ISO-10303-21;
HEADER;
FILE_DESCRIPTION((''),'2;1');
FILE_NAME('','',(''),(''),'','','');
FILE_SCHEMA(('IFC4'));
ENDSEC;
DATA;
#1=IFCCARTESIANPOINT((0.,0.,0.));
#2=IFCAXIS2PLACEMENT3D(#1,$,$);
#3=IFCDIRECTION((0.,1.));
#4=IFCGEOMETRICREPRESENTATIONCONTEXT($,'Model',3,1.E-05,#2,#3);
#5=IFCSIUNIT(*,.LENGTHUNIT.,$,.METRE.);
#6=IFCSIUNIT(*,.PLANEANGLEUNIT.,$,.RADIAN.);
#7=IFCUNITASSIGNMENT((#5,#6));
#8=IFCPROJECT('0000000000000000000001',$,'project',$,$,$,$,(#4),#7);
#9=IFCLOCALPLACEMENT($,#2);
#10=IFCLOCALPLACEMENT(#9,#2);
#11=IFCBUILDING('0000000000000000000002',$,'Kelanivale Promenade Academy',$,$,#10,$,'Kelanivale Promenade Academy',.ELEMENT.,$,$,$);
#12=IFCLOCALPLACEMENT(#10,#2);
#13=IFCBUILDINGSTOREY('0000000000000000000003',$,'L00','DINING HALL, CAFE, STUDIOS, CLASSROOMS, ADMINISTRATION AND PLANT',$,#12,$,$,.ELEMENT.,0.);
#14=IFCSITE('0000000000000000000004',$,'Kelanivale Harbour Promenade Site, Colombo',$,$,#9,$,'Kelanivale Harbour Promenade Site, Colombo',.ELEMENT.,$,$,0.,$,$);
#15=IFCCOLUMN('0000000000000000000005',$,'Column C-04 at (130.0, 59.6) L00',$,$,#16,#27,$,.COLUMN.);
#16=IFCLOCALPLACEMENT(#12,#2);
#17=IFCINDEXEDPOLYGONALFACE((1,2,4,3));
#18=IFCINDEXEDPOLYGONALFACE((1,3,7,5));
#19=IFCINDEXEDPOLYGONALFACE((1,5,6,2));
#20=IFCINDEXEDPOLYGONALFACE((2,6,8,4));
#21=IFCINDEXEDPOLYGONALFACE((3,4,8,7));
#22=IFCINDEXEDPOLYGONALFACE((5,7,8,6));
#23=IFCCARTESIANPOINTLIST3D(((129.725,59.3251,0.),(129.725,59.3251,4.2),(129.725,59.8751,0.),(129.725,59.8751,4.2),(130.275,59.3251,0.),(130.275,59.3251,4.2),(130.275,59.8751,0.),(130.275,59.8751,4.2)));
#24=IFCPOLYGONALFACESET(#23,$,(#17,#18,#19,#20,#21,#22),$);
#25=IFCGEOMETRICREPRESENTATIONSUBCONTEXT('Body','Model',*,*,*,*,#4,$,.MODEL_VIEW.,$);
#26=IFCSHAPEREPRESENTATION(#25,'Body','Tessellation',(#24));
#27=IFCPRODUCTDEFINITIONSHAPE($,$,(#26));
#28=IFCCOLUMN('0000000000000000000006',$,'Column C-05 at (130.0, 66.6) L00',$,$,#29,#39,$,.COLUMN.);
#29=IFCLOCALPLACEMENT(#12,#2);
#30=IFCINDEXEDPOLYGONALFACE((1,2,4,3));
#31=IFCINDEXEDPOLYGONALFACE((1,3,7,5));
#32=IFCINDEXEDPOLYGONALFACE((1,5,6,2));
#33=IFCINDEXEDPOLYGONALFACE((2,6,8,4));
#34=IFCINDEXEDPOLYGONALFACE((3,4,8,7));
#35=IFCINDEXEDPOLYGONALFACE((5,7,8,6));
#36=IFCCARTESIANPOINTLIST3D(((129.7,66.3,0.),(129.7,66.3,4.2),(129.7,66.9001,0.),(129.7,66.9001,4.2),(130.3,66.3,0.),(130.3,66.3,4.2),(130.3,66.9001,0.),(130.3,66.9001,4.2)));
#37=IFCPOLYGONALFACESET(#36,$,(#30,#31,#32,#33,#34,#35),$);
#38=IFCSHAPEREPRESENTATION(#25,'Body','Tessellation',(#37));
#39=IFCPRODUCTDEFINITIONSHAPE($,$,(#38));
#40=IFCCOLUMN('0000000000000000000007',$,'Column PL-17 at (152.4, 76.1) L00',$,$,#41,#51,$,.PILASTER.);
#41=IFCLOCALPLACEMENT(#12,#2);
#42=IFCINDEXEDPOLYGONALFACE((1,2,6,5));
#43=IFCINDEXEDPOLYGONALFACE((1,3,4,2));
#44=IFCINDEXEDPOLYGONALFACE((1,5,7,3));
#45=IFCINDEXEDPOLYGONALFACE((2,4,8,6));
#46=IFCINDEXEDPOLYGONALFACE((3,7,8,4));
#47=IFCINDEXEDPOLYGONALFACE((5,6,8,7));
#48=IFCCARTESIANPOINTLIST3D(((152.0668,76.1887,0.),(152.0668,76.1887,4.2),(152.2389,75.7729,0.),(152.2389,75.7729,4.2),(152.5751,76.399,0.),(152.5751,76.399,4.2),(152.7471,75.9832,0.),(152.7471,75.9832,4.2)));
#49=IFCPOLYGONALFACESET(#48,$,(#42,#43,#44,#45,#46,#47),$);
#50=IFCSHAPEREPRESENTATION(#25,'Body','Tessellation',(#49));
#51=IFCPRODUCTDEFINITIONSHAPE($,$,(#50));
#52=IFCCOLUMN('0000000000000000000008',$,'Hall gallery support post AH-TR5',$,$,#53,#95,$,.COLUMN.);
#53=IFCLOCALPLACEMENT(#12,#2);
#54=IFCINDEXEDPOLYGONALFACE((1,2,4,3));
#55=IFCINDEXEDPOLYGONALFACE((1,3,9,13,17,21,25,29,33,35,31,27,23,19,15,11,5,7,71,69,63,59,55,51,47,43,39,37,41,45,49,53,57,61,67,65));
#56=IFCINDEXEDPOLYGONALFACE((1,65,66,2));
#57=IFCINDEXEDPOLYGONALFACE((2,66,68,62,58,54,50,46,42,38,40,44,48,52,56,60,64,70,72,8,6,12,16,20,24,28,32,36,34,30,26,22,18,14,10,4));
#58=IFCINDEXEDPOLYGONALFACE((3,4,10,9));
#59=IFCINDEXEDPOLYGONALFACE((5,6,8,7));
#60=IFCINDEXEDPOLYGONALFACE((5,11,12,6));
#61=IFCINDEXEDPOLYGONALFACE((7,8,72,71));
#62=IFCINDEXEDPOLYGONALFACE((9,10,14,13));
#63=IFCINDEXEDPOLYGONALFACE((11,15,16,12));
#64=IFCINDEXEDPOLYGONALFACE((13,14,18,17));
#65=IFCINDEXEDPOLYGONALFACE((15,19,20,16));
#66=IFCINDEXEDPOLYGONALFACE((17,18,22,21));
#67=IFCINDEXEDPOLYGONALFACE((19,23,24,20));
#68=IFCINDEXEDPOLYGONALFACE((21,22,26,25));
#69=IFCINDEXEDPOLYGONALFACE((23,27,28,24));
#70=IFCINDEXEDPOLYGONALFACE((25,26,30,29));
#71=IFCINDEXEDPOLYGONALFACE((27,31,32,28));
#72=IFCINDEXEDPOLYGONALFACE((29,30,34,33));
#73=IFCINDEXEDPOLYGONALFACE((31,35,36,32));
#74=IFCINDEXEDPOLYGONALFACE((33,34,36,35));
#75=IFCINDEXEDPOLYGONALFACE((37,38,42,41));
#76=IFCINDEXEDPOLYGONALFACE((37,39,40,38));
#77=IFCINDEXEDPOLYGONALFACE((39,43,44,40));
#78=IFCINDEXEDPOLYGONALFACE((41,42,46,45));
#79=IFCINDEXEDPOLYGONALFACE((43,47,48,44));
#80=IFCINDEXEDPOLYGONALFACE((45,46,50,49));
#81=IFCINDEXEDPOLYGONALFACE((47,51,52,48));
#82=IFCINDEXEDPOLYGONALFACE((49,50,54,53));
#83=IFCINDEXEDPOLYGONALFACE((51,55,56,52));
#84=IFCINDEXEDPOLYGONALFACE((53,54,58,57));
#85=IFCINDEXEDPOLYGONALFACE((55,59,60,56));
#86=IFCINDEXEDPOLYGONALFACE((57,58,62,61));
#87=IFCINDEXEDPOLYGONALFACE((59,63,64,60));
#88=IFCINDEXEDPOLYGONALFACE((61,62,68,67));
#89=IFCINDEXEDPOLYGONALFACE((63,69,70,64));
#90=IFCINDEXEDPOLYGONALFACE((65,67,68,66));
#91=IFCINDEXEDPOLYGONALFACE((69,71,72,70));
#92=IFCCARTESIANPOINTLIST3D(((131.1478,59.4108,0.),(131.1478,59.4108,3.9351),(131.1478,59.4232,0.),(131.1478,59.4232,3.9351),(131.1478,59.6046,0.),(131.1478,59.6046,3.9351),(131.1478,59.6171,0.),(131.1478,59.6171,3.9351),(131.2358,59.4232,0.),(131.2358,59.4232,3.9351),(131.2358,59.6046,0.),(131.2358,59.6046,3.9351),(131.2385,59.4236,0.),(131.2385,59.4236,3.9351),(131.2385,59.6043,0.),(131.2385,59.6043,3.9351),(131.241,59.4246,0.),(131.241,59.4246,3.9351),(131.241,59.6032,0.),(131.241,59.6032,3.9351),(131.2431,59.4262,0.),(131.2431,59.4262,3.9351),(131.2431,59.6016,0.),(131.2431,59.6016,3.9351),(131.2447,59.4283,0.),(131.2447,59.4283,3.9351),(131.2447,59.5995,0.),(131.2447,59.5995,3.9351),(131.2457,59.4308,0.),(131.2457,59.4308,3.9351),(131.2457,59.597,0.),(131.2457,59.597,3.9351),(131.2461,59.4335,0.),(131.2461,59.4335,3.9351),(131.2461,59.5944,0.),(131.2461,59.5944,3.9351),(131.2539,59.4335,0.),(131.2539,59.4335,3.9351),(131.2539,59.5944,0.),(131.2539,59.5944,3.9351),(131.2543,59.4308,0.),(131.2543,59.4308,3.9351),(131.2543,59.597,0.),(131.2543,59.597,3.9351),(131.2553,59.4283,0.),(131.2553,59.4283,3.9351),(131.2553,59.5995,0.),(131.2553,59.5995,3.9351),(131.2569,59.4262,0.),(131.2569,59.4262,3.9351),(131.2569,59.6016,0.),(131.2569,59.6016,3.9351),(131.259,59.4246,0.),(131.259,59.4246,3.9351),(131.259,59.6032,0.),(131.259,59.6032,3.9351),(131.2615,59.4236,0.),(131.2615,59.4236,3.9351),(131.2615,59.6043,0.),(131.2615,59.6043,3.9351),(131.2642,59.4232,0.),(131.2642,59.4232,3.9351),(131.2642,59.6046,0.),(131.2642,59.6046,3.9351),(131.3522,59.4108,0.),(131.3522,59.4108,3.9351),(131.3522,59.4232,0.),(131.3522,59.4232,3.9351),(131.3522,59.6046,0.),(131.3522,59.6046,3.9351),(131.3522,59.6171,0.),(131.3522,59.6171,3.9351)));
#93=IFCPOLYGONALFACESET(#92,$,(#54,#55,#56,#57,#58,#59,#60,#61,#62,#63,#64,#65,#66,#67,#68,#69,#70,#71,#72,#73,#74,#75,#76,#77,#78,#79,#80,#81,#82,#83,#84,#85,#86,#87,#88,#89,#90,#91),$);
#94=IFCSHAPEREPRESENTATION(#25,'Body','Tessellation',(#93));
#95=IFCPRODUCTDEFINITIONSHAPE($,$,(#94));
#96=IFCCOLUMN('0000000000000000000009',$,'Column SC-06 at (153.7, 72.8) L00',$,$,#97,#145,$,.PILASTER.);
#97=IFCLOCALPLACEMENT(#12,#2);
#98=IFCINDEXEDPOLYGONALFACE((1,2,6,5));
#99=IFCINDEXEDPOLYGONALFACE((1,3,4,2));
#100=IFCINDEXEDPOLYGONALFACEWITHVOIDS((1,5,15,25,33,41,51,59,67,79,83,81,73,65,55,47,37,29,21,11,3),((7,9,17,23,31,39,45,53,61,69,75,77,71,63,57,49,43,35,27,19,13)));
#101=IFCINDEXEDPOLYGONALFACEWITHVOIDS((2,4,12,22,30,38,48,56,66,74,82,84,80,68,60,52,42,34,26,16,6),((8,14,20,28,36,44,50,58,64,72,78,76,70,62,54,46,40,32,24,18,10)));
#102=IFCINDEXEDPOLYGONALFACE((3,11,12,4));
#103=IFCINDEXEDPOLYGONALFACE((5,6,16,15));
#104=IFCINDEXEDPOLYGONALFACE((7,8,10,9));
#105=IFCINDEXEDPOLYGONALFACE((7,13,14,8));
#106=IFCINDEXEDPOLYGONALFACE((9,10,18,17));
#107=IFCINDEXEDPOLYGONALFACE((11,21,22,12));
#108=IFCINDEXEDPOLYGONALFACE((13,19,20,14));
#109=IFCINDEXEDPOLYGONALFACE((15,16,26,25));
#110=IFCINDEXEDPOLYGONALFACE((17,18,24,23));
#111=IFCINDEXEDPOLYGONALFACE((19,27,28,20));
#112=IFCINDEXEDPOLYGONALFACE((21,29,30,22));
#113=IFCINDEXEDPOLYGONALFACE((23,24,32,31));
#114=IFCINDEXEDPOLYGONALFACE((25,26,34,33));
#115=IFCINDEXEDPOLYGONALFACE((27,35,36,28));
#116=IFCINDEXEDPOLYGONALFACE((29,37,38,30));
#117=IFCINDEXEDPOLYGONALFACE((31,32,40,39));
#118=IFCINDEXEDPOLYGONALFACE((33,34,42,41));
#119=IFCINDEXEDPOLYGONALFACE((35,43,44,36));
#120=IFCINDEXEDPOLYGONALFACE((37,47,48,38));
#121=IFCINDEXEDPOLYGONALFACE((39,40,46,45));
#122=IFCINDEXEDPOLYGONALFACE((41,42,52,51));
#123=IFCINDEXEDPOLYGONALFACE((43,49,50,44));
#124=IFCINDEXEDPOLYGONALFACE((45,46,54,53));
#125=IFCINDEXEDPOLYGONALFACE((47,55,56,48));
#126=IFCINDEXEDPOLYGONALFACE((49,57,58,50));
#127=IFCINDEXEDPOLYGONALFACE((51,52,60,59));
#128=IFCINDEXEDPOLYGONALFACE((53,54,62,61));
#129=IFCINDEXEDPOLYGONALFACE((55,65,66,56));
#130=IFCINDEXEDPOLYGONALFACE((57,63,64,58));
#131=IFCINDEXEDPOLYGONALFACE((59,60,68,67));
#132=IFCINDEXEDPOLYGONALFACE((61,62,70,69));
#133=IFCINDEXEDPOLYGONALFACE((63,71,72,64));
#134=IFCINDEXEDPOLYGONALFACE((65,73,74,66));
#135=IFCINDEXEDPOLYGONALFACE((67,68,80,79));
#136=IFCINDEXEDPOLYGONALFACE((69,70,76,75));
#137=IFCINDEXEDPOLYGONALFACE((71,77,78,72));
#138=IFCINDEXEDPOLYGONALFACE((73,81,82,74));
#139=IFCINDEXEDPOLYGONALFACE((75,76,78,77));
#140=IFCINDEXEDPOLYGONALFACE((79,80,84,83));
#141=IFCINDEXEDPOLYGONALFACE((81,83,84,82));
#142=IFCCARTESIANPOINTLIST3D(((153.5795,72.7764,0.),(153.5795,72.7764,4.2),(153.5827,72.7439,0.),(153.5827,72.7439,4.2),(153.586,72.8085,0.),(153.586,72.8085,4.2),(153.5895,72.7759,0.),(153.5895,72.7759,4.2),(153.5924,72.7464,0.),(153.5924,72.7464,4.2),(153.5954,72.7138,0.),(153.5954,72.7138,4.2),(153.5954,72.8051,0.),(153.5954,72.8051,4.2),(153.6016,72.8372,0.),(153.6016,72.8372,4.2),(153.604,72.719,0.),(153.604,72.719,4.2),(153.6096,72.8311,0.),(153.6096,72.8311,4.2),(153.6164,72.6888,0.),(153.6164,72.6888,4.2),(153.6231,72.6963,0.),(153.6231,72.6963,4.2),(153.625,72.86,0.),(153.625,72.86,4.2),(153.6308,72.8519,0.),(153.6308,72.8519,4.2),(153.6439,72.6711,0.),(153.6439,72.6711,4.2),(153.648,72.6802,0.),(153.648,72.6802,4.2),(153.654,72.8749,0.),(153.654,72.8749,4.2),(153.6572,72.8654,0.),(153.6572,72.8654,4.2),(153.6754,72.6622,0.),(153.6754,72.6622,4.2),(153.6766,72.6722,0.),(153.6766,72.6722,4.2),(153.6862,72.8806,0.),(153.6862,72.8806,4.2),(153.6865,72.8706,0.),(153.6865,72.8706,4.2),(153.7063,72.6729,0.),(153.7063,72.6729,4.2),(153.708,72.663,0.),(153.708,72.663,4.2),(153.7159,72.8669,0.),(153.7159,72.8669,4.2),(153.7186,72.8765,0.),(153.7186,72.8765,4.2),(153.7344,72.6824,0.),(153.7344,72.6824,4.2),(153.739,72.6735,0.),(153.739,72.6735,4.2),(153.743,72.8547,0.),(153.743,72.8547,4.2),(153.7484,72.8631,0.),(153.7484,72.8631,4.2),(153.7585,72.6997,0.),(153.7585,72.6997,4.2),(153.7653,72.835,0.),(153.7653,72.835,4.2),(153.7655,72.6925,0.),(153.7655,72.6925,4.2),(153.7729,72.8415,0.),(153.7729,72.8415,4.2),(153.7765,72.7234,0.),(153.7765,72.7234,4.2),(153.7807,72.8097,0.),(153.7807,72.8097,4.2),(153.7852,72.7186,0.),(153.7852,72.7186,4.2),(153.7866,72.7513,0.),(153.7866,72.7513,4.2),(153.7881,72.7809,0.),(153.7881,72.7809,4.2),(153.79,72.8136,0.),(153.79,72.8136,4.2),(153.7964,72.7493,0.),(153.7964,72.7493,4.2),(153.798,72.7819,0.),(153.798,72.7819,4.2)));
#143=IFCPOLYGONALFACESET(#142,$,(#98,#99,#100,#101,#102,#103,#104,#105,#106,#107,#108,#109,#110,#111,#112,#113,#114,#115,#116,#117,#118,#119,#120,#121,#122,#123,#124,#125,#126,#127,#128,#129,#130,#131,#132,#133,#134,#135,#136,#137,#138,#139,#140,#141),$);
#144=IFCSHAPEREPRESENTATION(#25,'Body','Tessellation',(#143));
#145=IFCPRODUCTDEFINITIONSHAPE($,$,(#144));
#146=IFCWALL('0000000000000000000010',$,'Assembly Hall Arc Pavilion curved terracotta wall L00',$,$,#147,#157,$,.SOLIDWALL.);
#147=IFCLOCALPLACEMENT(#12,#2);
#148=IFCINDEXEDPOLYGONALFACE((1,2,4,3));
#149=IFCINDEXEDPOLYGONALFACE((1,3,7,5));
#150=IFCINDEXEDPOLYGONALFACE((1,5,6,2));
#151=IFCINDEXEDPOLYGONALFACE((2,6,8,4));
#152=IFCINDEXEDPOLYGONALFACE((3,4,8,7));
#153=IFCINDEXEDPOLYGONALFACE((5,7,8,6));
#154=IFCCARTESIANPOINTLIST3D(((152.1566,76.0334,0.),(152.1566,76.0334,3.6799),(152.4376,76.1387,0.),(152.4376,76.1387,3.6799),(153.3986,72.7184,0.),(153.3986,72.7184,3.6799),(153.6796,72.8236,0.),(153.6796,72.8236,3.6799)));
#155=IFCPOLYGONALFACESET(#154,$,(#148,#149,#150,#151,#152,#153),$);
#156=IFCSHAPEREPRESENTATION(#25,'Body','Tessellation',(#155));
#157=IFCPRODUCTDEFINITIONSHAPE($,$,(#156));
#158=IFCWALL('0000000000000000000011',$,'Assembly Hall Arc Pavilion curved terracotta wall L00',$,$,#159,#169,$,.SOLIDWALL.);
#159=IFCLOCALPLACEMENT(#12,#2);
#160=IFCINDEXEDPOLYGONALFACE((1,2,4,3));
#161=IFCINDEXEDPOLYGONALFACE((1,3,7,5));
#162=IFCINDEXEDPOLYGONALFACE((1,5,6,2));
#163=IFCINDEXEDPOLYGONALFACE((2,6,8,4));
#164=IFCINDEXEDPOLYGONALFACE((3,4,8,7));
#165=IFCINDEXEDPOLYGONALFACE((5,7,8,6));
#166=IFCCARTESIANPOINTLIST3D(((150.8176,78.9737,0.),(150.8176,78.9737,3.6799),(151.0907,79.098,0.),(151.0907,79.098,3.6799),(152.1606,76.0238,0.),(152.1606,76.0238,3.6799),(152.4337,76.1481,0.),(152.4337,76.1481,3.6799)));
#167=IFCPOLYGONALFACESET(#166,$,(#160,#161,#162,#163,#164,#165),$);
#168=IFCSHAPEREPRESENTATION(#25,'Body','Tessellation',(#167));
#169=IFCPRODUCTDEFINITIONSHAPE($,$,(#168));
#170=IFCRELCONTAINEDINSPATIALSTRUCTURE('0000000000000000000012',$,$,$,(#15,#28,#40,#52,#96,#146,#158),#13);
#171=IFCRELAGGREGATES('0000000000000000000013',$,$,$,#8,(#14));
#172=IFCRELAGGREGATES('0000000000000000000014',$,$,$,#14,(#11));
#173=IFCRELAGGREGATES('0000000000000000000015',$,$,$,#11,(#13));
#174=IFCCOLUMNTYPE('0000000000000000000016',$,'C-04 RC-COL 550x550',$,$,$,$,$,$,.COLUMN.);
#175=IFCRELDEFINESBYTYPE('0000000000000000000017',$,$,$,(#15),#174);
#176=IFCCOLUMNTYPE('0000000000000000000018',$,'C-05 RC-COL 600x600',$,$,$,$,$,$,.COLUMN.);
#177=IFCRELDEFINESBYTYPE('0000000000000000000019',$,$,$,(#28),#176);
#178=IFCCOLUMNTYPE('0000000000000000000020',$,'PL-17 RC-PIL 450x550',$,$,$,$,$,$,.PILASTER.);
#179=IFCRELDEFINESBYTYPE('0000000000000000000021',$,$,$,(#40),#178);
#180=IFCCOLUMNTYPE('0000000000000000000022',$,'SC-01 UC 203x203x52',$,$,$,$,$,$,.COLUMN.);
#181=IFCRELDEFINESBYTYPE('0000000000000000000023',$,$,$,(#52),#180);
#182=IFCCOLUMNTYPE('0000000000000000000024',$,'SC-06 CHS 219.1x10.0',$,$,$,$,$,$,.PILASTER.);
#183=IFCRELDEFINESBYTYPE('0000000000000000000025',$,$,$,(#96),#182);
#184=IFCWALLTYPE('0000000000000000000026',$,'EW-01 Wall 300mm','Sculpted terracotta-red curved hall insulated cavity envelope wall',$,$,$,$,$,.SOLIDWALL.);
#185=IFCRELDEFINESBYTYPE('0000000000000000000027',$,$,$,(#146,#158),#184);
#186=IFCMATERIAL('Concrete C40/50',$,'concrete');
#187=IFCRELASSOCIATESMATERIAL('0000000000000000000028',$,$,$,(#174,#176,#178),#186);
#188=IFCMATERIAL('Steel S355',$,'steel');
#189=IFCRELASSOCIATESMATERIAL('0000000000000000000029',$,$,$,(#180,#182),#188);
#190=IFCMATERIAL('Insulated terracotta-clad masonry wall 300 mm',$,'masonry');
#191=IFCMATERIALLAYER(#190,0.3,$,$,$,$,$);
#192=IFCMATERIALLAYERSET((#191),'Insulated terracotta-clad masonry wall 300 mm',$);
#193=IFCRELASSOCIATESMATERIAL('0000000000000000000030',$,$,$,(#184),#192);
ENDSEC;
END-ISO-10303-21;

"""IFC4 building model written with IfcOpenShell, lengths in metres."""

from ifc_helpers import new_model, si_unit, direction, frame, frame_2d, origin, origin_2d, place, context, subcontext, project, spatial, rectangle, hollow_circle, i_section, extrude, material, layer, layer_set, material_profile, profile_set, type_object, element, save


model = new_model("IFC4")

# Units and contexts
model_context = context("Model", 3, precision=1e-05, world=origin(), true_north=direction((0.0, 1.0)))
body_context = subcontext(model_context, "Body", "Model", "MODEL_VIEW")
ifc_project = project(units=[si_unit("LENGTHUNIT", "METRE"), si_unit("PLANEANGLEUNIT", "RADIAN")], contexts=[model_context])

# Site, building, storey
site_placement = place(None, origin())
site = spatial("IfcSite", under=ifc_project, at=site_placement, Name="Kelanivale Harbour Promenade Site, Colombo", LongName="Kelanivale Harbour Promenade Site, Colombo", CompositionType="ELEMENT", RefElevation=0.0)
building_placement = place(site_placement, origin())
building = spatial("IfcBuilding", under=site, at=building_placement, Name="Kelanivale Promenade Academy", LongName="Kelanivale Promenade Academy", CompositionType="ELEMENT")
storey_placement = place(building_placement, origin())
storey = spatial("IfcBuildingStorey", under=building, at=storey_placement, Name="L00", Description="DINING HALL, CAFE, STUDIOS, CLASSROOMS, ADMINISTRATION AND PLANT", CompositionType="ELEMENT", Elevation=0.0)

# Columns
ifc_material_1 = material(Name="Concrete C40/50", Category="concrete")
ifc_material_profile_1 = material_profile(ifc_material_1, rectangle(XDim=0.55, YDim=0.55, at=origin_2d()), Name="RC-COL 550x550")
ifc_profile_set_1 = profile_set([ifc_material_profile_1], Name="Concrete C40/50")
column_type_1 = type_object("IfcColumnType", Name="C-04 RC-COL 550x550", PredefinedType="COLUMN", material=ifc_profile_set_1)
column_1_placement = place(storey_placement, frame((130.0, 59.6001, 0.0), z_axis=(0.0, 0.0, 1.0), x_axis=(1.0, 0.0, 0.0)))
element("IfcColumn", 1, at=column_1_placement, inside=storey, type_object=column_type_1, Name="Column C-04 at (130.0, 59.6) L00", PredefinedType="COLUMN", context=body_context, shape_type="SweptSolid", body=[
    extrude(rectangle(XDim=0.55, YDim=0.55, at=origin_2d()), origin(), (0.0, 0.0, 1.0), 4.2),
])
ifc_material_profile_2 = material_profile(ifc_material_1, rectangle(XDim=0.6001, YDim=0.6001, at=origin_2d()), Name="RC-COL 600x600")
ifc_profile_set_2 = profile_set([ifc_material_profile_2], Name="Concrete C40/50")
column_type_2 = type_object("IfcColumnType", Name="C-05 RC-COL 600x600", PredefinedType="COLUMN", material=ifc_profile_set_2)
column_2_placement = place(storey_placement, frame((130.0, 66.6001, 0.0), z_axis=(0.0, 0.0, 1.0), x_axis=(1.0, 0.0, 0.0)))
element("IfcColumn", 2, at=column_2_placement, inside=storey, type_object=column_type_2, Name="Column C-05 at (130.0, 66.6) L00", PredefinedType="COLUMN", context=body_context, shape_type="SweptSolid", body=[
    extrude(rectangle(XDim=0.6001, YDim=0.6001, at=origin_2d()), origin(), (0.0, 0.0, 1.0), 4.2),
])
ifc_material_profile_3 = material_profile(ifc_material_1, rectangle(XDim=0.45, YDim=0.55, at=origin_2d()), Name="RC-PIL 450x550")
ifc_profile_set_3 = profile_set([ifc_material_profile_3], Name="Concrete C40/50")
column_type_3 = type_object("IfcColumnType", Name="PL-17 RC-PIL 450x550", PredefinedType="PILASTER", material=ifc_profile_set_3)
column_3_placement = place(storey_placement, frame((152.407, 76.0859, 0.0), z_axis=(0.0, 0.0, 1.0), x_axis=(-0.382361, 0.924013, 0.0)))
element("IfcColumn", 3, at=column_3_placement, inside=storey, type_object=column_type_3, Name="Column PL-17 at (152.4, 76.1) L00", PredefinedType="PILASTER", context=body_context, shape_type="SweptSolid", body=[
    extrude(rectangle(XDim=0.45, YDim=0.55, at=origin_2d()), origin(), (0.0, 0.0, 1.0), 4.2),
])
ifc_material_2 = material(Name="Steel S355", Category="steel")
ifc_material_profile_4 = material_profile(ifc_material_2, i_section(OverallWidth=0.2043, OverallDepth=0.2063, WebThickness=0.0078, FlangeThickness=0.0125, FilletRadius=0.0103, at=origin_2d()), Name="UC 203x203x52")
ifc_profile_set_4 = profile_set([ifc_material_profile_4], Name="Steel S355")
column_type_4 = type_object("IfcColumnType", Name="SC-01 UC 203x203x52", PredefinedType="COLUMN", material=ifc_profile_set_4)
column_4_placement = place(storey_placement, frame((131.25, 59.5139, 0.0), z_axis=(0.0, 0.0, 1.0), x_axis=(1.0, 0.0, 0.0)))
element("IfcColumn", 4, at=column_4_placement, inside=storey, type_object=column_type_4, Name="Hall gallery support post AH-TR5", PredefinedType="COLUMN", context=body_context, shape_type="SweptSolid", body=[
    extrude(i_section(OverallWidth=0.2043, OverallDepth=0.2063, WebThickness=0.0078, FlangeThickness=0.0125, FilletRadius=0.0103, at=origin_2d()), origin(), (0.0, 0.0, 1.0), 3.9351),
])
ifc_material_profile_5 = material_profile(ifc_material_2, hollow_circle(Radius=0.1096, WallThickness=0.01, at=origin_2d()), Name="CHS 219.1x10.0")
ifc_profile_set_5 = profile_set([ifc_material_profile_5], Name="Steel S355")
column_type_5 = type_object("IfcColumnType", Name="SC-06 CHS 219.1x10.0", PredefinedType="PILASTER", material=ifc_profile_set_5)
column_5_placement = place(storey_placement, frame((153.689, 72.771, 0.0), z_axis=(0.0, 0.0, 1.0), x_axis=(-0.318628, 0.94788, 0.0)))
element("IfcColumn", 5, at=column_5_placement, inside=storey, type_object=column_type_5, Name="Column SC-06 at (153.7, 72.8) L00", PredefinedType="PILASTER", context=body_context, shape_type="SweptSolid", body=[
    extrude(hollow_circle(Radius=0.1096, WallThickness=0.01, at=origin_2d()), origin(), (0.0, 0.0, 1.0), 4.2),
])

# Walls
ifc_material_3 = material(Name="Insulated terracotta-clad masonry wall 300 mm", Category="masonry")
ifc_layer = layer(ifc_material_3, 0.3)
ifc_layer_set = layer_set([ifc_layer], Name="Insulated terracotta-clad masonry wall 300 mm")
wall_type = type_object("IfcWallType", Name="EW-01 Wall 300mm", Description="Sculpted terracotta-red curved hall insulated cavity envelope wall", PredefinedType="SOLIDWALL", material=ifc_layer_set)
wall_1_placement = place(storey_placement, frame((153.5391, 72.771, 0.0), z_axis=(0.0, 0.0, 1.0), x_axis=(-0.350836, 0.936437, 0.0)))
element("IfcWall", 6, at=wall_1_placement, inside=storey, type_object=wall_type, Name="Assembly Hall Arc Pavilion curved terracotta wall L00", PredefinedType="SOLIDWALL", context=body_context, shape_type="SweptSolid", body=[
    extrude(rectangle(XDim=3.54, YDim=0.3, at=frame_2d((1.77, 0.0))), origin(), (0.0, 0.0, 1.0), 3.6799),
])
wall_2_placement = place(storey_placement, frame((152.2971, 76.0859, 0.0), z_axis=(0.0, 0.0, 1.0), x_axis=(-0.414348, 0.910119, 0.0)))
element("IfcWall", 7, at=wall_2_placement, inside=storey, type_object=wall_type, Name="Assembly Hall Arc Pavilion curved terracotta wall L00", PredefinedType="SOLIDWALL", context=body_context, shape_type="SweptSolid", body=[
    extrude(rectangle(XDim=3.2412, YDim=0.3, at=frame_2d((1.6206, 0.0))), origin(), (0.0, 0.0, 1.0), 3.6799),
])

save(model, "model.ifc")
